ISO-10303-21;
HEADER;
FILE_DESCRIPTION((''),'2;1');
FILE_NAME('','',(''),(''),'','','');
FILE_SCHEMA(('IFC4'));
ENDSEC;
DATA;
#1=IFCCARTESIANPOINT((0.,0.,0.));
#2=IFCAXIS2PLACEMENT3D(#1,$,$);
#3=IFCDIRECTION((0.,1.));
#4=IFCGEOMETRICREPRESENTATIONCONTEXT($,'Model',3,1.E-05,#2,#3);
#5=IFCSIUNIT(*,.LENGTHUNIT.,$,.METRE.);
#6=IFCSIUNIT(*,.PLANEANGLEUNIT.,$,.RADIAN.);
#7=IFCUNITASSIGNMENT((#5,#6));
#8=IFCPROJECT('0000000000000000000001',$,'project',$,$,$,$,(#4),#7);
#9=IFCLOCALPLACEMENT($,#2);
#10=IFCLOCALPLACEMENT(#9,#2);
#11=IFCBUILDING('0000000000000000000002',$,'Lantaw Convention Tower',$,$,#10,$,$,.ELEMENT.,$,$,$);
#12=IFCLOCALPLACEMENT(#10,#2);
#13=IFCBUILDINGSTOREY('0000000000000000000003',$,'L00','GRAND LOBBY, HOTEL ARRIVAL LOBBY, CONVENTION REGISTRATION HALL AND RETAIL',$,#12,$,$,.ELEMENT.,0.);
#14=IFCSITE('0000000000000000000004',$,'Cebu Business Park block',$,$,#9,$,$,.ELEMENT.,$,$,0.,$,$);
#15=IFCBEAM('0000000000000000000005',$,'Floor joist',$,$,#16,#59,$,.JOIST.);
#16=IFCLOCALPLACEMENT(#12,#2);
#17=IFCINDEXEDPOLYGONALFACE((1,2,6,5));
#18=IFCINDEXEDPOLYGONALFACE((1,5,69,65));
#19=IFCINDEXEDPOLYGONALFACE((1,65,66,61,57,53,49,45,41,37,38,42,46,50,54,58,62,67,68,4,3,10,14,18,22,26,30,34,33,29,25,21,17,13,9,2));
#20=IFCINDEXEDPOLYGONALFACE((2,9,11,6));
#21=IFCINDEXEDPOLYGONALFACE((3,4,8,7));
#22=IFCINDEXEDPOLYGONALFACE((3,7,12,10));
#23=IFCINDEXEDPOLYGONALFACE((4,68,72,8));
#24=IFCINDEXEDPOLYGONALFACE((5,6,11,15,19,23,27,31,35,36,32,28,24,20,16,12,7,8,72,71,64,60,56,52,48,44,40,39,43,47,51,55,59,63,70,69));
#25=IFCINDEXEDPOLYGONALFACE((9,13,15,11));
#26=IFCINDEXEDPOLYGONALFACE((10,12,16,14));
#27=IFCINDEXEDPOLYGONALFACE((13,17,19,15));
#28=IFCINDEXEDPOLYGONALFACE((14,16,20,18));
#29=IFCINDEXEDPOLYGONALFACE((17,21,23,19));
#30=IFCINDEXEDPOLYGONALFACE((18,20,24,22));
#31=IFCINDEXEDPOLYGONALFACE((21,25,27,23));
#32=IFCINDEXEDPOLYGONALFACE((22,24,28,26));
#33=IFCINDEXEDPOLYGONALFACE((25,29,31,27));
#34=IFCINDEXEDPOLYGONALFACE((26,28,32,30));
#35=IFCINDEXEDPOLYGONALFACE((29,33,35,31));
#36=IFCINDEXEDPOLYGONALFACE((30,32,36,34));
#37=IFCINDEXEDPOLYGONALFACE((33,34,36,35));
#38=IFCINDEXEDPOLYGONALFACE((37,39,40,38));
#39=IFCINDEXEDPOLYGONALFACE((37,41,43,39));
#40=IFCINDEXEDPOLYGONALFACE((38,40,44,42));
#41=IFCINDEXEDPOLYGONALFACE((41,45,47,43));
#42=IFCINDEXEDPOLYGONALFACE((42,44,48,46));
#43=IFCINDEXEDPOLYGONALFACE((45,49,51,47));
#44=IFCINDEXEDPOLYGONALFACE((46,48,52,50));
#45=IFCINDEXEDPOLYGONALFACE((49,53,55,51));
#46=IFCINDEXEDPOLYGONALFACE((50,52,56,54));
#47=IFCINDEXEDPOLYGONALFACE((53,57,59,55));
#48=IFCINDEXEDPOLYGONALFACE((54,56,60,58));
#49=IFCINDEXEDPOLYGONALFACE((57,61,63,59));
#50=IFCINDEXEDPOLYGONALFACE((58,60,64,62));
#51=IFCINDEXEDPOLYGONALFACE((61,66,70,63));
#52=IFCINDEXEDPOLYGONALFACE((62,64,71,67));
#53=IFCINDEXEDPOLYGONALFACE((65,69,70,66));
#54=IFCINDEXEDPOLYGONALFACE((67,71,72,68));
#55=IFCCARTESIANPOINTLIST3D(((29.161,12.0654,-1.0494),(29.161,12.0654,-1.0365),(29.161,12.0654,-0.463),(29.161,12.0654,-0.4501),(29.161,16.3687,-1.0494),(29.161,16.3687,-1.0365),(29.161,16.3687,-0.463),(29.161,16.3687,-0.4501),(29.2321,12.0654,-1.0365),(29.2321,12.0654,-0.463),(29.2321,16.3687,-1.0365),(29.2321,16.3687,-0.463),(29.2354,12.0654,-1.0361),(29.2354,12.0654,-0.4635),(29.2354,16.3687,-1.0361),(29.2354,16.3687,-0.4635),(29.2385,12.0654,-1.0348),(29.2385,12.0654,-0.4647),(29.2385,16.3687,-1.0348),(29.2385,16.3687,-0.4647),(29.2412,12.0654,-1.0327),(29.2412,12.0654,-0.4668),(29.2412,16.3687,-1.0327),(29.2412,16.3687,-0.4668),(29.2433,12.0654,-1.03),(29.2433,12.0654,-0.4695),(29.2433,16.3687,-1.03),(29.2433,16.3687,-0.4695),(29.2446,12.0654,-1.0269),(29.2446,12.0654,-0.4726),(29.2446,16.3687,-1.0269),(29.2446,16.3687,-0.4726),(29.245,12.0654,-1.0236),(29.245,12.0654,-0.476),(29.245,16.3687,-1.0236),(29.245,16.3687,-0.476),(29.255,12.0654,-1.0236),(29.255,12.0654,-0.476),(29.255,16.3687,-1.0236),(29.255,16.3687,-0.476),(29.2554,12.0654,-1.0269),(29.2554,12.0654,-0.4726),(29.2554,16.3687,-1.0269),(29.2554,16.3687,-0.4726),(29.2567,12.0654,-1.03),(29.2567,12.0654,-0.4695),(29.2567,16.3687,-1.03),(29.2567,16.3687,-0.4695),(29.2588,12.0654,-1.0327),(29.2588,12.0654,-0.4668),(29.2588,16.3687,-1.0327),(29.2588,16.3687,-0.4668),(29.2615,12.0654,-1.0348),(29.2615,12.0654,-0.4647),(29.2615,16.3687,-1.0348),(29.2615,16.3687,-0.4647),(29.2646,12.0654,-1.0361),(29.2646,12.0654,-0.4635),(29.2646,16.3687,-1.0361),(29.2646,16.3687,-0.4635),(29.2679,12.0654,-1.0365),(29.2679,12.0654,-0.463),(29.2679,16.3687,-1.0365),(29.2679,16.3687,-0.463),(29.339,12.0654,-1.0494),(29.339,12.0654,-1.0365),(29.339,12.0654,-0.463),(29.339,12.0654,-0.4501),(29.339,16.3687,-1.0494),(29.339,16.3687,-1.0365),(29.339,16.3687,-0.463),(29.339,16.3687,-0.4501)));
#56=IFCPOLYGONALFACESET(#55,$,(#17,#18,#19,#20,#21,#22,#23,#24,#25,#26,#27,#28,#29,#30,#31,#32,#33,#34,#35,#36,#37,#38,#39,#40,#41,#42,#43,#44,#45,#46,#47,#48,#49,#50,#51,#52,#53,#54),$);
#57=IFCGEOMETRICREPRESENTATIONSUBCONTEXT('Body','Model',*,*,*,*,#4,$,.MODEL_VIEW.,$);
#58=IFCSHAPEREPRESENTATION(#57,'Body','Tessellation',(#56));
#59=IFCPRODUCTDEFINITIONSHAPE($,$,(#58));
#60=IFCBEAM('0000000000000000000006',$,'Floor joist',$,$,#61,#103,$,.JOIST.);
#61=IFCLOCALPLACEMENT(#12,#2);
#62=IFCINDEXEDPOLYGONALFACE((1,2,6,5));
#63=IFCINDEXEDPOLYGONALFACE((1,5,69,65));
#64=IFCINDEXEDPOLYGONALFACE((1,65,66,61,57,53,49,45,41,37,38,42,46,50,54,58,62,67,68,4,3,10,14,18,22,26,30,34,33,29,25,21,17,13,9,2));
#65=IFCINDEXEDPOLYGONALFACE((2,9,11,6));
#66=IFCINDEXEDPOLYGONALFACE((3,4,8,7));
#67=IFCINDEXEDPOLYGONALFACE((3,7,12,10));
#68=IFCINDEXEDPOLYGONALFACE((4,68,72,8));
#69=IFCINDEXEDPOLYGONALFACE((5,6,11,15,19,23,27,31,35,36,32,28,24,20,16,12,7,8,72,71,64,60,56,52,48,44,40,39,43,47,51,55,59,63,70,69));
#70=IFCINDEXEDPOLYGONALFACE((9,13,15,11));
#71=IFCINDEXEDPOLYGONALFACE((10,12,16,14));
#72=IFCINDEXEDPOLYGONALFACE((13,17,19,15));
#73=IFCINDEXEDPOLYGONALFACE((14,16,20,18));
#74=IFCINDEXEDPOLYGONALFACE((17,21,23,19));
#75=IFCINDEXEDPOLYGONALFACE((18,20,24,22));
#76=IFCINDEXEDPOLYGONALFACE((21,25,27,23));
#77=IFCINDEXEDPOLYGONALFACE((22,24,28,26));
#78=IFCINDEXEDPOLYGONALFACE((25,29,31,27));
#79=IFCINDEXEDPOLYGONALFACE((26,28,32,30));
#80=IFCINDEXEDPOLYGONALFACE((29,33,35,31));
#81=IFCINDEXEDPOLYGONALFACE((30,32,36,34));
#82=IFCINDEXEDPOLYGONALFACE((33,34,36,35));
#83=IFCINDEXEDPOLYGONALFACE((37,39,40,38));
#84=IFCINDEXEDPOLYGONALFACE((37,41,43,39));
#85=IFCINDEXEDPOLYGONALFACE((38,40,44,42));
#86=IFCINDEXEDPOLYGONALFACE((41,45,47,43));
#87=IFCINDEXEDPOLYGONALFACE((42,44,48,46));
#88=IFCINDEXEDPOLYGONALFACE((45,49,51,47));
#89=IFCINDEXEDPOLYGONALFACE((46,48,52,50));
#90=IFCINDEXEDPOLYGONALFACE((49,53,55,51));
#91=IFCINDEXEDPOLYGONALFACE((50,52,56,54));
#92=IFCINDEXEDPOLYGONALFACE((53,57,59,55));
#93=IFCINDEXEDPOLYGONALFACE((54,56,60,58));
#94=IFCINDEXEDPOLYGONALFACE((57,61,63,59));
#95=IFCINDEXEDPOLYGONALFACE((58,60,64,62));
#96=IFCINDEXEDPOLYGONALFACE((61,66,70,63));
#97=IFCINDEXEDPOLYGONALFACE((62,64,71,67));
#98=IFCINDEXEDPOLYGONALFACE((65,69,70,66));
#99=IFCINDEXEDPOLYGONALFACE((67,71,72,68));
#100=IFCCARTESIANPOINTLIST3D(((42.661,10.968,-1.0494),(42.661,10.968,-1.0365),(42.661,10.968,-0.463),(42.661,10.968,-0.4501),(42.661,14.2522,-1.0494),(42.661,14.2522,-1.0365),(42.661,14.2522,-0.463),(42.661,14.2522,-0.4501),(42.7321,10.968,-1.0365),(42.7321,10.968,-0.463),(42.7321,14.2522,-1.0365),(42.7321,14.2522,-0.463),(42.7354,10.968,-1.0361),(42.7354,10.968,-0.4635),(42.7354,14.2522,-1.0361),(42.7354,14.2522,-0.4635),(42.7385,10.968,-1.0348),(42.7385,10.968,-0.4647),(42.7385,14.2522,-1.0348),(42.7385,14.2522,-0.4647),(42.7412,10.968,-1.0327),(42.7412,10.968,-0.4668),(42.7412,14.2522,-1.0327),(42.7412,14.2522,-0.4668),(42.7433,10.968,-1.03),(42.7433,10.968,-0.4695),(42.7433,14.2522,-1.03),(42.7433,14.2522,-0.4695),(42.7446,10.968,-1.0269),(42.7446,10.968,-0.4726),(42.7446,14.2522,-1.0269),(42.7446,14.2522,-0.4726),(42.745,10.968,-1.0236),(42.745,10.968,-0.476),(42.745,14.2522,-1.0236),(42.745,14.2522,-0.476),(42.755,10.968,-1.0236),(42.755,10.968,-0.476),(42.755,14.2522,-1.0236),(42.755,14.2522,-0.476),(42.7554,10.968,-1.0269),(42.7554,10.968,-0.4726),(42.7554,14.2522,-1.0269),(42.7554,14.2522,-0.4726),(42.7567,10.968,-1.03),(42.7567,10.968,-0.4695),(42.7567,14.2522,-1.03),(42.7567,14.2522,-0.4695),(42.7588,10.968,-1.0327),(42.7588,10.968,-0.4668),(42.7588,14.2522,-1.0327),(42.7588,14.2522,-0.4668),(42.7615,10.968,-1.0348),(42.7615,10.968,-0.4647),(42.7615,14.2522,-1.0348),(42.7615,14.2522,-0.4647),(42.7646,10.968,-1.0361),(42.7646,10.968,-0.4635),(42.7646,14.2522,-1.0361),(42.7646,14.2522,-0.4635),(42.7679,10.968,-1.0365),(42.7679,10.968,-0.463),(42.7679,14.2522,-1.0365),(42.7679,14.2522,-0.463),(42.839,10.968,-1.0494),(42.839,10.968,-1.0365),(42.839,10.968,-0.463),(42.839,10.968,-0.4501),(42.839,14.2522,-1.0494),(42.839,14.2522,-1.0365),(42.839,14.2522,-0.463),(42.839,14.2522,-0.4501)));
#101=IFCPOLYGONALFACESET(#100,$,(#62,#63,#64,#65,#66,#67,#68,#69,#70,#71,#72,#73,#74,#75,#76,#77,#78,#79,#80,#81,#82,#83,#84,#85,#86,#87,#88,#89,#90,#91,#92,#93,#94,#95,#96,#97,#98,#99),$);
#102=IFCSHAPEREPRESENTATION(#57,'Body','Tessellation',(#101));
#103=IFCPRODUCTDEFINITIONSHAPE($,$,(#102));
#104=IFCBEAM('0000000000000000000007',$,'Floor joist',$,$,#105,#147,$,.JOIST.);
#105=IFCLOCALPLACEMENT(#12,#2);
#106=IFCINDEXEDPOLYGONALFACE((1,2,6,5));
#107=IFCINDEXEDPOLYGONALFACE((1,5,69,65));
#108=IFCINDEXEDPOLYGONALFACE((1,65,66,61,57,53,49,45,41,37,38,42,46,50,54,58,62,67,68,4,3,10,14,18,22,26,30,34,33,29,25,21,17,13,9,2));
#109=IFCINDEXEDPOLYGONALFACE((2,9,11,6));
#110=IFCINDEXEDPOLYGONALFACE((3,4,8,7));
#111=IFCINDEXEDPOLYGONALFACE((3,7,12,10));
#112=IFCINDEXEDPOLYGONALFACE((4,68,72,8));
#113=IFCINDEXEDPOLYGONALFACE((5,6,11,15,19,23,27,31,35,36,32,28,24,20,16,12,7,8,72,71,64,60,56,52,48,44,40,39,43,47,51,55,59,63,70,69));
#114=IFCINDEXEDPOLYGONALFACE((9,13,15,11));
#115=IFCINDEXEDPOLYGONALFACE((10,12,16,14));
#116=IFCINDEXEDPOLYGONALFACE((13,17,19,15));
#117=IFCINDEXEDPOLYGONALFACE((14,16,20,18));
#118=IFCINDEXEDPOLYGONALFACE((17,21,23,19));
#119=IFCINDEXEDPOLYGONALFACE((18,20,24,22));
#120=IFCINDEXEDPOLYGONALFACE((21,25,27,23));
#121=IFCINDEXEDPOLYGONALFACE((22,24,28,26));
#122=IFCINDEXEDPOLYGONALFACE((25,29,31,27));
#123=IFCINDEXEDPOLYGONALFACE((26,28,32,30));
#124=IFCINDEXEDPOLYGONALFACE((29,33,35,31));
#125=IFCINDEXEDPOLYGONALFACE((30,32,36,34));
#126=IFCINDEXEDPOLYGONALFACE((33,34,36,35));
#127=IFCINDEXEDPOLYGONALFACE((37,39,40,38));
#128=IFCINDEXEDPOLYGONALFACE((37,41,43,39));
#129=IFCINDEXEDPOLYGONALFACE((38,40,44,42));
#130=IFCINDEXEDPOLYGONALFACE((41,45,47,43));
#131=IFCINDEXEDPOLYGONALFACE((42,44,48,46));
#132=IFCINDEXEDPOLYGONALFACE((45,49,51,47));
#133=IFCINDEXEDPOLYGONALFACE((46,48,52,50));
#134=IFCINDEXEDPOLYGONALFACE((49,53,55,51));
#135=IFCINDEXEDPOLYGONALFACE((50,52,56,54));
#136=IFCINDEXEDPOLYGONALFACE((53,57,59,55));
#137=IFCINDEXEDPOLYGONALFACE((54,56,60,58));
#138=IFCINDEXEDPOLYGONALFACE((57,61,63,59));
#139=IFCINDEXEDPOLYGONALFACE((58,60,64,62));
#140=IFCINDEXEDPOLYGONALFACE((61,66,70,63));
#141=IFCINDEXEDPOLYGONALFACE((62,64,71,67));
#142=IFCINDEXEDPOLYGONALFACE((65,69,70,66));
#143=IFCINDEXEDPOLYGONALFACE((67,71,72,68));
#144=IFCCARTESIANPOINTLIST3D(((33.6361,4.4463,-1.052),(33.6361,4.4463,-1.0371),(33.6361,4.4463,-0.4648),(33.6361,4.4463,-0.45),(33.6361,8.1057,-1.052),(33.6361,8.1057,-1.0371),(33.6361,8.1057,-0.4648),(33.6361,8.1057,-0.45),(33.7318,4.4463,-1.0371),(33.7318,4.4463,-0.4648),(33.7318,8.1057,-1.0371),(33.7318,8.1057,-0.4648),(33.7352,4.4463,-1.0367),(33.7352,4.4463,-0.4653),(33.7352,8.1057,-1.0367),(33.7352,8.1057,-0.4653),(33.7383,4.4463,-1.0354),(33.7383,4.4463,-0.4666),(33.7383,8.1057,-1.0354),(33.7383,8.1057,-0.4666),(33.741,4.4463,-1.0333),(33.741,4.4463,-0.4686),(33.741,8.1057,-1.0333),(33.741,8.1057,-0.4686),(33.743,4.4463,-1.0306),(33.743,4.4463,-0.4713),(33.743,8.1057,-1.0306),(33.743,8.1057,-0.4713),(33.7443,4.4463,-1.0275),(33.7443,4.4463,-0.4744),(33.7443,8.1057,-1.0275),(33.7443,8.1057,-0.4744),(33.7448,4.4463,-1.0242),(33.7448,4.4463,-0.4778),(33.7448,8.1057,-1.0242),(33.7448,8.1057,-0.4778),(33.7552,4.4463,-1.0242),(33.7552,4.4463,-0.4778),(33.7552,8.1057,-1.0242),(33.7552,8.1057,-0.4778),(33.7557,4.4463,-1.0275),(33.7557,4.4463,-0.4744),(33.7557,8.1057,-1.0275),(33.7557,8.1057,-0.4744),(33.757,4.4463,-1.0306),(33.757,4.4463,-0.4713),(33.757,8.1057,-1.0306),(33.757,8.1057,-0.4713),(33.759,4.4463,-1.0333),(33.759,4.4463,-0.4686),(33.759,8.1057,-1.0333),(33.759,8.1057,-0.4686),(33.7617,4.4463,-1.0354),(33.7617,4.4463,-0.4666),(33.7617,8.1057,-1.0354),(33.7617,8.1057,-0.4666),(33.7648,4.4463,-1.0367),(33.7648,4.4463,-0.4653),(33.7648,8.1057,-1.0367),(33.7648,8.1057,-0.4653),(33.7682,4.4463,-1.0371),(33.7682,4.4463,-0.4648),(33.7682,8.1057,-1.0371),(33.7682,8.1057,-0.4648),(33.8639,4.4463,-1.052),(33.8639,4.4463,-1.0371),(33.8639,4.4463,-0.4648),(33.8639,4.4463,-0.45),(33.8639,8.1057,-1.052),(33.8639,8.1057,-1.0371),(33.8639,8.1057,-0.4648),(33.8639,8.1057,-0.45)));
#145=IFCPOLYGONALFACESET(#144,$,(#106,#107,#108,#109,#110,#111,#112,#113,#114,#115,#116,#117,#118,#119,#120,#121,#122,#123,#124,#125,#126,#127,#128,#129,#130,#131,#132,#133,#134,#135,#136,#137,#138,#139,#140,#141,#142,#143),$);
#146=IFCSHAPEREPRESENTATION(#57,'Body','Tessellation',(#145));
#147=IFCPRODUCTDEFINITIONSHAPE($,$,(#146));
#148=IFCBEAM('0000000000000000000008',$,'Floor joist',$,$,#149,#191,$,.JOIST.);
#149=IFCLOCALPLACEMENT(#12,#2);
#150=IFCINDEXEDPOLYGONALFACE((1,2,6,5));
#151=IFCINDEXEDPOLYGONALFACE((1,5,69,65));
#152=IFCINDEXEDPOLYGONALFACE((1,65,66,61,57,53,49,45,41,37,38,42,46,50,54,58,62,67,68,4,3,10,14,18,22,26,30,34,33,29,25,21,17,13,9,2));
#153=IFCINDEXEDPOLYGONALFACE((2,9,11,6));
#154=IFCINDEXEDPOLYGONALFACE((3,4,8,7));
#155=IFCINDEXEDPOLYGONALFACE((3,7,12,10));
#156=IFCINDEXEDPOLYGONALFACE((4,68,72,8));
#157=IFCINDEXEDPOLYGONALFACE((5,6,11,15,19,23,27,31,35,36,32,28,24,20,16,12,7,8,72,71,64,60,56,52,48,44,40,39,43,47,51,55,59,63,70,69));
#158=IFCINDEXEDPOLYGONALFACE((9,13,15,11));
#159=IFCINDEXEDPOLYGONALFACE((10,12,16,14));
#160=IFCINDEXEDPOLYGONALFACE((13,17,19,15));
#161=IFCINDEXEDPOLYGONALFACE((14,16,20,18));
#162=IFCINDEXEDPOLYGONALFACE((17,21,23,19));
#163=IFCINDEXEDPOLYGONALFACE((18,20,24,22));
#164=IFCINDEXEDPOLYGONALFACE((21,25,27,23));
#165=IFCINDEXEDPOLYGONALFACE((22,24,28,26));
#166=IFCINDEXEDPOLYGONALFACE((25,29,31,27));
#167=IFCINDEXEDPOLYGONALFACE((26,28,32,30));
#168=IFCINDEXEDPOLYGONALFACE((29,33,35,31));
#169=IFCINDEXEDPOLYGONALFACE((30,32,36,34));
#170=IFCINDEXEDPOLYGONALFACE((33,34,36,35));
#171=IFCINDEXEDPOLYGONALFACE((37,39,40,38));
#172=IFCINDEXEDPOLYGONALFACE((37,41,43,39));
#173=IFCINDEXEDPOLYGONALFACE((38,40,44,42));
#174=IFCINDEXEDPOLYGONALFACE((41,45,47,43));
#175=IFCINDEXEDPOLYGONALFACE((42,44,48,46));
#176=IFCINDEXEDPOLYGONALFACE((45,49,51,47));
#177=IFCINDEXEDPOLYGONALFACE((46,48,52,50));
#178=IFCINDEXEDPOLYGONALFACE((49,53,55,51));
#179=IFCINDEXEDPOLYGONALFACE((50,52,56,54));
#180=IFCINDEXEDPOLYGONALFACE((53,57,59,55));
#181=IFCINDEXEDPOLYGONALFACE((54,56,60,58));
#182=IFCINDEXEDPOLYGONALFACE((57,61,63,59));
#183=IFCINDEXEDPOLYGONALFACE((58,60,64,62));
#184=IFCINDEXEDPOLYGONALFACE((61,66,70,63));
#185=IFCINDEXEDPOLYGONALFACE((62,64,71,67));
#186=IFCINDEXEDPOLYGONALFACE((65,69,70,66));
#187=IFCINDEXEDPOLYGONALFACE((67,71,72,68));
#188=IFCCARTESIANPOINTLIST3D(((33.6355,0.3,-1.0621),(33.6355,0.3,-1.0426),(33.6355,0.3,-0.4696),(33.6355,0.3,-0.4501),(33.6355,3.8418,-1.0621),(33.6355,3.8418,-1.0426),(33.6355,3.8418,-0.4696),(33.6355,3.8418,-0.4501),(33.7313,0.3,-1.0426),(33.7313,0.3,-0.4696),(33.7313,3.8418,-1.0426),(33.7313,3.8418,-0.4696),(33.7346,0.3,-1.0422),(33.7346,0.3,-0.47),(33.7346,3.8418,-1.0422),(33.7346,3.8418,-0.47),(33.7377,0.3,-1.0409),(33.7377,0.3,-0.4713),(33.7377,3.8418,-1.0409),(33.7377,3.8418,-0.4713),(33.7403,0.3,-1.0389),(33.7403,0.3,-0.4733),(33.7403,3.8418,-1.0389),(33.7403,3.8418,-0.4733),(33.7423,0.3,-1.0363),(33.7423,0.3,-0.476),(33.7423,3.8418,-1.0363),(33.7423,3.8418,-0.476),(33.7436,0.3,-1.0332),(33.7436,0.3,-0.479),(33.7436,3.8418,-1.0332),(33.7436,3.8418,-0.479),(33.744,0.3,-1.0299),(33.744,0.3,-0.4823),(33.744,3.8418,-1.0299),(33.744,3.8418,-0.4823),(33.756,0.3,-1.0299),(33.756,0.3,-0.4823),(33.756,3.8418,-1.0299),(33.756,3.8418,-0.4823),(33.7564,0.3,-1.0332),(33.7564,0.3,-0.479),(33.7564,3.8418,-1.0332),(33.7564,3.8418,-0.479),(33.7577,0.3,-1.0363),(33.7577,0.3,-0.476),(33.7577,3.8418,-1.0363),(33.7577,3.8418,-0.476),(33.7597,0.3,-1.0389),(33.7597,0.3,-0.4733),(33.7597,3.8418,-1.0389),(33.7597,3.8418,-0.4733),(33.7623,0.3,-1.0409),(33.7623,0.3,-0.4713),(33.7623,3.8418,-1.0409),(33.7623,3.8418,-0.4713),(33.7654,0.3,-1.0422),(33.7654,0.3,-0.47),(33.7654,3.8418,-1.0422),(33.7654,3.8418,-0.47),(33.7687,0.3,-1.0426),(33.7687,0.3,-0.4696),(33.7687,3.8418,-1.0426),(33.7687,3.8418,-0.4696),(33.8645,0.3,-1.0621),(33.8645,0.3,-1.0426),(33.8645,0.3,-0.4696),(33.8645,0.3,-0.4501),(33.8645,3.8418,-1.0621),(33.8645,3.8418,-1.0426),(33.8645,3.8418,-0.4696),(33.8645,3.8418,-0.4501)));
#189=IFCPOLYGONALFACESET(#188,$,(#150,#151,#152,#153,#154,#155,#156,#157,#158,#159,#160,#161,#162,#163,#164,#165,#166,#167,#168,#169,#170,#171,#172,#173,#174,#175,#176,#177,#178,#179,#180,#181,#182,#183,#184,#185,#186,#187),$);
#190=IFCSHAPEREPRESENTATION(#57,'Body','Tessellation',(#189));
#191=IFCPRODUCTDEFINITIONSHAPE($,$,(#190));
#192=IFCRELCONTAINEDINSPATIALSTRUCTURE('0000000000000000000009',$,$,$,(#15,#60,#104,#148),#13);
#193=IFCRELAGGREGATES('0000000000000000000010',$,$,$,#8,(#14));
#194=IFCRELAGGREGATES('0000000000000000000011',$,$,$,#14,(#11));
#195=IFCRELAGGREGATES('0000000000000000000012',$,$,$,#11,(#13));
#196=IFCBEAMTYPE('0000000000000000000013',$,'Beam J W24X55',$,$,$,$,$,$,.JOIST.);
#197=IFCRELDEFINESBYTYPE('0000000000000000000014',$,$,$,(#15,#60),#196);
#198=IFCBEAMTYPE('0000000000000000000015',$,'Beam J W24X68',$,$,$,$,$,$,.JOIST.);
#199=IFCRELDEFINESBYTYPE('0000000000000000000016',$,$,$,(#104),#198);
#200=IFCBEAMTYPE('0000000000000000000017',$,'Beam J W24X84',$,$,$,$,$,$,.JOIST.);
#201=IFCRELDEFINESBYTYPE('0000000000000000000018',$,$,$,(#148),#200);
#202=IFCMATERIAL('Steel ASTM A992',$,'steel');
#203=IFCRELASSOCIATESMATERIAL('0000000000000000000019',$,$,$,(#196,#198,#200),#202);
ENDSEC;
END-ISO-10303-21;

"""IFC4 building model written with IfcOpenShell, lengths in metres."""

from ifc_helpers import new_model, si_unit, direction, frame, origin, origin_2d, place, context, subcontext, project, spatial, i_section, extrude, material, material_profile, profile_set, type_object, element, save


model = new_model("IFC4")

# Units and contexts
model_context = context("Model", 3, precision=1e-05, world=origin(), true_north=direction((0.0, 1.0)))
body_context = subcontext(model_context, "Body", "Model", "MODEL_VIEW")
ifc_project = project(units=[si_unit("LENGTHUNIT", "METRE"), si_unit("PLANEANGLEUNIT", "RADIAN")], contexts=[model_context])

# Site, building, storey
site_placement = place(None, origin())
site = spatial("IfcSite", under=ifc_project, at=site_placement, Name="Cebu Business Park block", CompositionType="ELEMENT", RefElevation=0.0)
building_placement = place(site_placement, origin())
building = spatial("IfcBuilding", under=site, at=building_placement, Name="Lantaw Convention Tower", CompositionType="ELEMENT")
storey_placement = place(building_placement, origin())
storey = spatial("IfcBuildingStorey", under=building, at=storey_placement, Name="L00", Description="GRAND LOBBY, HOTEL ARRIVAL LOBBY, CONVENTION REGISTRATION HALL AND RETAIL", CompositionType="ELEMENT", Elevation=0.0)

# Beams
ifc_material_1 = material(Name="Steel ASTM A992", Category="steel")
ifc_material_profile_1 = material_profile(ifc_material_1, i_section(OverallWidth=0.178, OverallDepth=0.5994, WebThickness=0.01, FlangeThickness=0.0129, FilletRadius=0.0129, at=origin_2d()), Name="W24X55")
ifc_profile_set_1 = profile_set([ifc_material_profile_1], Name="Steel ASTM A992")
beam_type_1 = type_object("IfcBeamType", Name="Beam J W24X55", PredefinedType="JOIST", material=ifc_profile_set_1)
beam_1_placement = place(storey_placement, frame((29.25, 12.0654, -0.7498), z_axis=(0.0, 1.0, 0.0), x_axis=(-1.0, 0.0, 0.0)))
element("IfcBeam", 1, at=beam_1_placement, inside=storey, type_object=beam_type_1, Name="Floor joist", PredefinedType="JOIST", context=body_context, shape_type="SweptSolid", body=[
    extrude(i_section(OverallWidth=0.178, OverallDepth=0.5994, WebThickness=0.01, FlangeThickness=0.0129, FilletRadius=0.0129, at=origin_2d()), origin(), (0.0, 0.0, 1.0), 4.3032),
])
beam_2_placement = place(storey_placement, frame((42.75, 10.968, -0.7498), z_axis=(0.0, 1.0, 0.0), x_axis=(-1.0, 0.0, 0.0)))
element("IfcBeam", 2, at=beam_2_placement, inside=storey, type_object=beam_type_1, Name="Floor joist", PredefinedType="JOIST", context=body_context, shape_type="SweptSolid", body=[
    extrude(i_section(OverallWidth=0.178, OverallDepth=0.5994, WebThickness=0.01, FlangeThickness=0.0129, FilletRadius=0.0129, at=origin_2d()), origin(), (0.0, 0.0, 1.0), 3.2842),
])
ifc_material_profile_2 = material_profile(ifc_material_1, i_section(OverallWidth=0.2278, OverallDepth=0.6021, WebThickness=0.0105, FlangeThickness=0.0149, FilletRadius=0.0129, at=origin_2d()), Name="W24X68")
ifc_profile_set_2 = profile_set([ifc_material_profile_2], Name="Steel ASTM A992")
beam_type_2 = type_object("IfcBeamType", Name="Beam J W24X68", PredefinedType="JOIST", material=ifc_profile_set_2)
beam_3_placement = place(storey_placement, frame((33.75, 4.4463, -0.751), z_axis=(0.0, 1.0, 0.0), x_axis=(-1.0, 0.0, 0.0)))
element("IfcBeam", 3, at=beam_3_placement, inside=storey, type_object=beam_type_2, Name="Floor joist", PredefinedType="JOIST", context=body_context, shape_type="SweptSolid", body=[
    extrude(i_section(OverallWidth=0.2278, OverallDepth=0.6021, WebThickness=0.0105, FlangeThickness=0.0149, FilletRadius=0.0129, at=origin_2d()), origin(), (0.0, 0.0, 1.0), 3.6594),
])
ifc_material_profile_3 = material_profile(ifc_material_1, i_section(OverallWidth=0.229, OverallDepth=0.6121, WebThickness=0.012, FlangeThickness=0.0195, FilletRadius=0.0127, at=origin_2d()), Name="W24X84")
ifc_profile_set_3 = profile_set([ifc_material_profile_3], Name="Steel ASTM A992")
beam_type_3 = type_object("IfcBeamType", Name="Beam J W24X84", PredefinedType="JOIST", material=ifc_profile_set_3)
beam_4_placement = place(storey_placement, frame((33.75, 0.3, -0.7561), z_axis=(0.0, 1.0, 0.0), x_axis=(-1.0, 0.0, 0.0)))
element("IfcBeam", 4, at=beam_4_placement, inside=storey, type_object=beam_type_3, Name="Floor joist", PredefinedType="JOIST", context=body_context, shape_type="SweptSolid", body=[
    extrude(i_section(OverallWidth=0.229, OverallDepth=0.6121, WebThickness=0.012, FlangeThickness=0.0195, FilletRadius=0.0127, at=origin_2d()), origin(), (0.0, 0.0, 1.0), 3.5417),
])

save(model, "model.ifc")
